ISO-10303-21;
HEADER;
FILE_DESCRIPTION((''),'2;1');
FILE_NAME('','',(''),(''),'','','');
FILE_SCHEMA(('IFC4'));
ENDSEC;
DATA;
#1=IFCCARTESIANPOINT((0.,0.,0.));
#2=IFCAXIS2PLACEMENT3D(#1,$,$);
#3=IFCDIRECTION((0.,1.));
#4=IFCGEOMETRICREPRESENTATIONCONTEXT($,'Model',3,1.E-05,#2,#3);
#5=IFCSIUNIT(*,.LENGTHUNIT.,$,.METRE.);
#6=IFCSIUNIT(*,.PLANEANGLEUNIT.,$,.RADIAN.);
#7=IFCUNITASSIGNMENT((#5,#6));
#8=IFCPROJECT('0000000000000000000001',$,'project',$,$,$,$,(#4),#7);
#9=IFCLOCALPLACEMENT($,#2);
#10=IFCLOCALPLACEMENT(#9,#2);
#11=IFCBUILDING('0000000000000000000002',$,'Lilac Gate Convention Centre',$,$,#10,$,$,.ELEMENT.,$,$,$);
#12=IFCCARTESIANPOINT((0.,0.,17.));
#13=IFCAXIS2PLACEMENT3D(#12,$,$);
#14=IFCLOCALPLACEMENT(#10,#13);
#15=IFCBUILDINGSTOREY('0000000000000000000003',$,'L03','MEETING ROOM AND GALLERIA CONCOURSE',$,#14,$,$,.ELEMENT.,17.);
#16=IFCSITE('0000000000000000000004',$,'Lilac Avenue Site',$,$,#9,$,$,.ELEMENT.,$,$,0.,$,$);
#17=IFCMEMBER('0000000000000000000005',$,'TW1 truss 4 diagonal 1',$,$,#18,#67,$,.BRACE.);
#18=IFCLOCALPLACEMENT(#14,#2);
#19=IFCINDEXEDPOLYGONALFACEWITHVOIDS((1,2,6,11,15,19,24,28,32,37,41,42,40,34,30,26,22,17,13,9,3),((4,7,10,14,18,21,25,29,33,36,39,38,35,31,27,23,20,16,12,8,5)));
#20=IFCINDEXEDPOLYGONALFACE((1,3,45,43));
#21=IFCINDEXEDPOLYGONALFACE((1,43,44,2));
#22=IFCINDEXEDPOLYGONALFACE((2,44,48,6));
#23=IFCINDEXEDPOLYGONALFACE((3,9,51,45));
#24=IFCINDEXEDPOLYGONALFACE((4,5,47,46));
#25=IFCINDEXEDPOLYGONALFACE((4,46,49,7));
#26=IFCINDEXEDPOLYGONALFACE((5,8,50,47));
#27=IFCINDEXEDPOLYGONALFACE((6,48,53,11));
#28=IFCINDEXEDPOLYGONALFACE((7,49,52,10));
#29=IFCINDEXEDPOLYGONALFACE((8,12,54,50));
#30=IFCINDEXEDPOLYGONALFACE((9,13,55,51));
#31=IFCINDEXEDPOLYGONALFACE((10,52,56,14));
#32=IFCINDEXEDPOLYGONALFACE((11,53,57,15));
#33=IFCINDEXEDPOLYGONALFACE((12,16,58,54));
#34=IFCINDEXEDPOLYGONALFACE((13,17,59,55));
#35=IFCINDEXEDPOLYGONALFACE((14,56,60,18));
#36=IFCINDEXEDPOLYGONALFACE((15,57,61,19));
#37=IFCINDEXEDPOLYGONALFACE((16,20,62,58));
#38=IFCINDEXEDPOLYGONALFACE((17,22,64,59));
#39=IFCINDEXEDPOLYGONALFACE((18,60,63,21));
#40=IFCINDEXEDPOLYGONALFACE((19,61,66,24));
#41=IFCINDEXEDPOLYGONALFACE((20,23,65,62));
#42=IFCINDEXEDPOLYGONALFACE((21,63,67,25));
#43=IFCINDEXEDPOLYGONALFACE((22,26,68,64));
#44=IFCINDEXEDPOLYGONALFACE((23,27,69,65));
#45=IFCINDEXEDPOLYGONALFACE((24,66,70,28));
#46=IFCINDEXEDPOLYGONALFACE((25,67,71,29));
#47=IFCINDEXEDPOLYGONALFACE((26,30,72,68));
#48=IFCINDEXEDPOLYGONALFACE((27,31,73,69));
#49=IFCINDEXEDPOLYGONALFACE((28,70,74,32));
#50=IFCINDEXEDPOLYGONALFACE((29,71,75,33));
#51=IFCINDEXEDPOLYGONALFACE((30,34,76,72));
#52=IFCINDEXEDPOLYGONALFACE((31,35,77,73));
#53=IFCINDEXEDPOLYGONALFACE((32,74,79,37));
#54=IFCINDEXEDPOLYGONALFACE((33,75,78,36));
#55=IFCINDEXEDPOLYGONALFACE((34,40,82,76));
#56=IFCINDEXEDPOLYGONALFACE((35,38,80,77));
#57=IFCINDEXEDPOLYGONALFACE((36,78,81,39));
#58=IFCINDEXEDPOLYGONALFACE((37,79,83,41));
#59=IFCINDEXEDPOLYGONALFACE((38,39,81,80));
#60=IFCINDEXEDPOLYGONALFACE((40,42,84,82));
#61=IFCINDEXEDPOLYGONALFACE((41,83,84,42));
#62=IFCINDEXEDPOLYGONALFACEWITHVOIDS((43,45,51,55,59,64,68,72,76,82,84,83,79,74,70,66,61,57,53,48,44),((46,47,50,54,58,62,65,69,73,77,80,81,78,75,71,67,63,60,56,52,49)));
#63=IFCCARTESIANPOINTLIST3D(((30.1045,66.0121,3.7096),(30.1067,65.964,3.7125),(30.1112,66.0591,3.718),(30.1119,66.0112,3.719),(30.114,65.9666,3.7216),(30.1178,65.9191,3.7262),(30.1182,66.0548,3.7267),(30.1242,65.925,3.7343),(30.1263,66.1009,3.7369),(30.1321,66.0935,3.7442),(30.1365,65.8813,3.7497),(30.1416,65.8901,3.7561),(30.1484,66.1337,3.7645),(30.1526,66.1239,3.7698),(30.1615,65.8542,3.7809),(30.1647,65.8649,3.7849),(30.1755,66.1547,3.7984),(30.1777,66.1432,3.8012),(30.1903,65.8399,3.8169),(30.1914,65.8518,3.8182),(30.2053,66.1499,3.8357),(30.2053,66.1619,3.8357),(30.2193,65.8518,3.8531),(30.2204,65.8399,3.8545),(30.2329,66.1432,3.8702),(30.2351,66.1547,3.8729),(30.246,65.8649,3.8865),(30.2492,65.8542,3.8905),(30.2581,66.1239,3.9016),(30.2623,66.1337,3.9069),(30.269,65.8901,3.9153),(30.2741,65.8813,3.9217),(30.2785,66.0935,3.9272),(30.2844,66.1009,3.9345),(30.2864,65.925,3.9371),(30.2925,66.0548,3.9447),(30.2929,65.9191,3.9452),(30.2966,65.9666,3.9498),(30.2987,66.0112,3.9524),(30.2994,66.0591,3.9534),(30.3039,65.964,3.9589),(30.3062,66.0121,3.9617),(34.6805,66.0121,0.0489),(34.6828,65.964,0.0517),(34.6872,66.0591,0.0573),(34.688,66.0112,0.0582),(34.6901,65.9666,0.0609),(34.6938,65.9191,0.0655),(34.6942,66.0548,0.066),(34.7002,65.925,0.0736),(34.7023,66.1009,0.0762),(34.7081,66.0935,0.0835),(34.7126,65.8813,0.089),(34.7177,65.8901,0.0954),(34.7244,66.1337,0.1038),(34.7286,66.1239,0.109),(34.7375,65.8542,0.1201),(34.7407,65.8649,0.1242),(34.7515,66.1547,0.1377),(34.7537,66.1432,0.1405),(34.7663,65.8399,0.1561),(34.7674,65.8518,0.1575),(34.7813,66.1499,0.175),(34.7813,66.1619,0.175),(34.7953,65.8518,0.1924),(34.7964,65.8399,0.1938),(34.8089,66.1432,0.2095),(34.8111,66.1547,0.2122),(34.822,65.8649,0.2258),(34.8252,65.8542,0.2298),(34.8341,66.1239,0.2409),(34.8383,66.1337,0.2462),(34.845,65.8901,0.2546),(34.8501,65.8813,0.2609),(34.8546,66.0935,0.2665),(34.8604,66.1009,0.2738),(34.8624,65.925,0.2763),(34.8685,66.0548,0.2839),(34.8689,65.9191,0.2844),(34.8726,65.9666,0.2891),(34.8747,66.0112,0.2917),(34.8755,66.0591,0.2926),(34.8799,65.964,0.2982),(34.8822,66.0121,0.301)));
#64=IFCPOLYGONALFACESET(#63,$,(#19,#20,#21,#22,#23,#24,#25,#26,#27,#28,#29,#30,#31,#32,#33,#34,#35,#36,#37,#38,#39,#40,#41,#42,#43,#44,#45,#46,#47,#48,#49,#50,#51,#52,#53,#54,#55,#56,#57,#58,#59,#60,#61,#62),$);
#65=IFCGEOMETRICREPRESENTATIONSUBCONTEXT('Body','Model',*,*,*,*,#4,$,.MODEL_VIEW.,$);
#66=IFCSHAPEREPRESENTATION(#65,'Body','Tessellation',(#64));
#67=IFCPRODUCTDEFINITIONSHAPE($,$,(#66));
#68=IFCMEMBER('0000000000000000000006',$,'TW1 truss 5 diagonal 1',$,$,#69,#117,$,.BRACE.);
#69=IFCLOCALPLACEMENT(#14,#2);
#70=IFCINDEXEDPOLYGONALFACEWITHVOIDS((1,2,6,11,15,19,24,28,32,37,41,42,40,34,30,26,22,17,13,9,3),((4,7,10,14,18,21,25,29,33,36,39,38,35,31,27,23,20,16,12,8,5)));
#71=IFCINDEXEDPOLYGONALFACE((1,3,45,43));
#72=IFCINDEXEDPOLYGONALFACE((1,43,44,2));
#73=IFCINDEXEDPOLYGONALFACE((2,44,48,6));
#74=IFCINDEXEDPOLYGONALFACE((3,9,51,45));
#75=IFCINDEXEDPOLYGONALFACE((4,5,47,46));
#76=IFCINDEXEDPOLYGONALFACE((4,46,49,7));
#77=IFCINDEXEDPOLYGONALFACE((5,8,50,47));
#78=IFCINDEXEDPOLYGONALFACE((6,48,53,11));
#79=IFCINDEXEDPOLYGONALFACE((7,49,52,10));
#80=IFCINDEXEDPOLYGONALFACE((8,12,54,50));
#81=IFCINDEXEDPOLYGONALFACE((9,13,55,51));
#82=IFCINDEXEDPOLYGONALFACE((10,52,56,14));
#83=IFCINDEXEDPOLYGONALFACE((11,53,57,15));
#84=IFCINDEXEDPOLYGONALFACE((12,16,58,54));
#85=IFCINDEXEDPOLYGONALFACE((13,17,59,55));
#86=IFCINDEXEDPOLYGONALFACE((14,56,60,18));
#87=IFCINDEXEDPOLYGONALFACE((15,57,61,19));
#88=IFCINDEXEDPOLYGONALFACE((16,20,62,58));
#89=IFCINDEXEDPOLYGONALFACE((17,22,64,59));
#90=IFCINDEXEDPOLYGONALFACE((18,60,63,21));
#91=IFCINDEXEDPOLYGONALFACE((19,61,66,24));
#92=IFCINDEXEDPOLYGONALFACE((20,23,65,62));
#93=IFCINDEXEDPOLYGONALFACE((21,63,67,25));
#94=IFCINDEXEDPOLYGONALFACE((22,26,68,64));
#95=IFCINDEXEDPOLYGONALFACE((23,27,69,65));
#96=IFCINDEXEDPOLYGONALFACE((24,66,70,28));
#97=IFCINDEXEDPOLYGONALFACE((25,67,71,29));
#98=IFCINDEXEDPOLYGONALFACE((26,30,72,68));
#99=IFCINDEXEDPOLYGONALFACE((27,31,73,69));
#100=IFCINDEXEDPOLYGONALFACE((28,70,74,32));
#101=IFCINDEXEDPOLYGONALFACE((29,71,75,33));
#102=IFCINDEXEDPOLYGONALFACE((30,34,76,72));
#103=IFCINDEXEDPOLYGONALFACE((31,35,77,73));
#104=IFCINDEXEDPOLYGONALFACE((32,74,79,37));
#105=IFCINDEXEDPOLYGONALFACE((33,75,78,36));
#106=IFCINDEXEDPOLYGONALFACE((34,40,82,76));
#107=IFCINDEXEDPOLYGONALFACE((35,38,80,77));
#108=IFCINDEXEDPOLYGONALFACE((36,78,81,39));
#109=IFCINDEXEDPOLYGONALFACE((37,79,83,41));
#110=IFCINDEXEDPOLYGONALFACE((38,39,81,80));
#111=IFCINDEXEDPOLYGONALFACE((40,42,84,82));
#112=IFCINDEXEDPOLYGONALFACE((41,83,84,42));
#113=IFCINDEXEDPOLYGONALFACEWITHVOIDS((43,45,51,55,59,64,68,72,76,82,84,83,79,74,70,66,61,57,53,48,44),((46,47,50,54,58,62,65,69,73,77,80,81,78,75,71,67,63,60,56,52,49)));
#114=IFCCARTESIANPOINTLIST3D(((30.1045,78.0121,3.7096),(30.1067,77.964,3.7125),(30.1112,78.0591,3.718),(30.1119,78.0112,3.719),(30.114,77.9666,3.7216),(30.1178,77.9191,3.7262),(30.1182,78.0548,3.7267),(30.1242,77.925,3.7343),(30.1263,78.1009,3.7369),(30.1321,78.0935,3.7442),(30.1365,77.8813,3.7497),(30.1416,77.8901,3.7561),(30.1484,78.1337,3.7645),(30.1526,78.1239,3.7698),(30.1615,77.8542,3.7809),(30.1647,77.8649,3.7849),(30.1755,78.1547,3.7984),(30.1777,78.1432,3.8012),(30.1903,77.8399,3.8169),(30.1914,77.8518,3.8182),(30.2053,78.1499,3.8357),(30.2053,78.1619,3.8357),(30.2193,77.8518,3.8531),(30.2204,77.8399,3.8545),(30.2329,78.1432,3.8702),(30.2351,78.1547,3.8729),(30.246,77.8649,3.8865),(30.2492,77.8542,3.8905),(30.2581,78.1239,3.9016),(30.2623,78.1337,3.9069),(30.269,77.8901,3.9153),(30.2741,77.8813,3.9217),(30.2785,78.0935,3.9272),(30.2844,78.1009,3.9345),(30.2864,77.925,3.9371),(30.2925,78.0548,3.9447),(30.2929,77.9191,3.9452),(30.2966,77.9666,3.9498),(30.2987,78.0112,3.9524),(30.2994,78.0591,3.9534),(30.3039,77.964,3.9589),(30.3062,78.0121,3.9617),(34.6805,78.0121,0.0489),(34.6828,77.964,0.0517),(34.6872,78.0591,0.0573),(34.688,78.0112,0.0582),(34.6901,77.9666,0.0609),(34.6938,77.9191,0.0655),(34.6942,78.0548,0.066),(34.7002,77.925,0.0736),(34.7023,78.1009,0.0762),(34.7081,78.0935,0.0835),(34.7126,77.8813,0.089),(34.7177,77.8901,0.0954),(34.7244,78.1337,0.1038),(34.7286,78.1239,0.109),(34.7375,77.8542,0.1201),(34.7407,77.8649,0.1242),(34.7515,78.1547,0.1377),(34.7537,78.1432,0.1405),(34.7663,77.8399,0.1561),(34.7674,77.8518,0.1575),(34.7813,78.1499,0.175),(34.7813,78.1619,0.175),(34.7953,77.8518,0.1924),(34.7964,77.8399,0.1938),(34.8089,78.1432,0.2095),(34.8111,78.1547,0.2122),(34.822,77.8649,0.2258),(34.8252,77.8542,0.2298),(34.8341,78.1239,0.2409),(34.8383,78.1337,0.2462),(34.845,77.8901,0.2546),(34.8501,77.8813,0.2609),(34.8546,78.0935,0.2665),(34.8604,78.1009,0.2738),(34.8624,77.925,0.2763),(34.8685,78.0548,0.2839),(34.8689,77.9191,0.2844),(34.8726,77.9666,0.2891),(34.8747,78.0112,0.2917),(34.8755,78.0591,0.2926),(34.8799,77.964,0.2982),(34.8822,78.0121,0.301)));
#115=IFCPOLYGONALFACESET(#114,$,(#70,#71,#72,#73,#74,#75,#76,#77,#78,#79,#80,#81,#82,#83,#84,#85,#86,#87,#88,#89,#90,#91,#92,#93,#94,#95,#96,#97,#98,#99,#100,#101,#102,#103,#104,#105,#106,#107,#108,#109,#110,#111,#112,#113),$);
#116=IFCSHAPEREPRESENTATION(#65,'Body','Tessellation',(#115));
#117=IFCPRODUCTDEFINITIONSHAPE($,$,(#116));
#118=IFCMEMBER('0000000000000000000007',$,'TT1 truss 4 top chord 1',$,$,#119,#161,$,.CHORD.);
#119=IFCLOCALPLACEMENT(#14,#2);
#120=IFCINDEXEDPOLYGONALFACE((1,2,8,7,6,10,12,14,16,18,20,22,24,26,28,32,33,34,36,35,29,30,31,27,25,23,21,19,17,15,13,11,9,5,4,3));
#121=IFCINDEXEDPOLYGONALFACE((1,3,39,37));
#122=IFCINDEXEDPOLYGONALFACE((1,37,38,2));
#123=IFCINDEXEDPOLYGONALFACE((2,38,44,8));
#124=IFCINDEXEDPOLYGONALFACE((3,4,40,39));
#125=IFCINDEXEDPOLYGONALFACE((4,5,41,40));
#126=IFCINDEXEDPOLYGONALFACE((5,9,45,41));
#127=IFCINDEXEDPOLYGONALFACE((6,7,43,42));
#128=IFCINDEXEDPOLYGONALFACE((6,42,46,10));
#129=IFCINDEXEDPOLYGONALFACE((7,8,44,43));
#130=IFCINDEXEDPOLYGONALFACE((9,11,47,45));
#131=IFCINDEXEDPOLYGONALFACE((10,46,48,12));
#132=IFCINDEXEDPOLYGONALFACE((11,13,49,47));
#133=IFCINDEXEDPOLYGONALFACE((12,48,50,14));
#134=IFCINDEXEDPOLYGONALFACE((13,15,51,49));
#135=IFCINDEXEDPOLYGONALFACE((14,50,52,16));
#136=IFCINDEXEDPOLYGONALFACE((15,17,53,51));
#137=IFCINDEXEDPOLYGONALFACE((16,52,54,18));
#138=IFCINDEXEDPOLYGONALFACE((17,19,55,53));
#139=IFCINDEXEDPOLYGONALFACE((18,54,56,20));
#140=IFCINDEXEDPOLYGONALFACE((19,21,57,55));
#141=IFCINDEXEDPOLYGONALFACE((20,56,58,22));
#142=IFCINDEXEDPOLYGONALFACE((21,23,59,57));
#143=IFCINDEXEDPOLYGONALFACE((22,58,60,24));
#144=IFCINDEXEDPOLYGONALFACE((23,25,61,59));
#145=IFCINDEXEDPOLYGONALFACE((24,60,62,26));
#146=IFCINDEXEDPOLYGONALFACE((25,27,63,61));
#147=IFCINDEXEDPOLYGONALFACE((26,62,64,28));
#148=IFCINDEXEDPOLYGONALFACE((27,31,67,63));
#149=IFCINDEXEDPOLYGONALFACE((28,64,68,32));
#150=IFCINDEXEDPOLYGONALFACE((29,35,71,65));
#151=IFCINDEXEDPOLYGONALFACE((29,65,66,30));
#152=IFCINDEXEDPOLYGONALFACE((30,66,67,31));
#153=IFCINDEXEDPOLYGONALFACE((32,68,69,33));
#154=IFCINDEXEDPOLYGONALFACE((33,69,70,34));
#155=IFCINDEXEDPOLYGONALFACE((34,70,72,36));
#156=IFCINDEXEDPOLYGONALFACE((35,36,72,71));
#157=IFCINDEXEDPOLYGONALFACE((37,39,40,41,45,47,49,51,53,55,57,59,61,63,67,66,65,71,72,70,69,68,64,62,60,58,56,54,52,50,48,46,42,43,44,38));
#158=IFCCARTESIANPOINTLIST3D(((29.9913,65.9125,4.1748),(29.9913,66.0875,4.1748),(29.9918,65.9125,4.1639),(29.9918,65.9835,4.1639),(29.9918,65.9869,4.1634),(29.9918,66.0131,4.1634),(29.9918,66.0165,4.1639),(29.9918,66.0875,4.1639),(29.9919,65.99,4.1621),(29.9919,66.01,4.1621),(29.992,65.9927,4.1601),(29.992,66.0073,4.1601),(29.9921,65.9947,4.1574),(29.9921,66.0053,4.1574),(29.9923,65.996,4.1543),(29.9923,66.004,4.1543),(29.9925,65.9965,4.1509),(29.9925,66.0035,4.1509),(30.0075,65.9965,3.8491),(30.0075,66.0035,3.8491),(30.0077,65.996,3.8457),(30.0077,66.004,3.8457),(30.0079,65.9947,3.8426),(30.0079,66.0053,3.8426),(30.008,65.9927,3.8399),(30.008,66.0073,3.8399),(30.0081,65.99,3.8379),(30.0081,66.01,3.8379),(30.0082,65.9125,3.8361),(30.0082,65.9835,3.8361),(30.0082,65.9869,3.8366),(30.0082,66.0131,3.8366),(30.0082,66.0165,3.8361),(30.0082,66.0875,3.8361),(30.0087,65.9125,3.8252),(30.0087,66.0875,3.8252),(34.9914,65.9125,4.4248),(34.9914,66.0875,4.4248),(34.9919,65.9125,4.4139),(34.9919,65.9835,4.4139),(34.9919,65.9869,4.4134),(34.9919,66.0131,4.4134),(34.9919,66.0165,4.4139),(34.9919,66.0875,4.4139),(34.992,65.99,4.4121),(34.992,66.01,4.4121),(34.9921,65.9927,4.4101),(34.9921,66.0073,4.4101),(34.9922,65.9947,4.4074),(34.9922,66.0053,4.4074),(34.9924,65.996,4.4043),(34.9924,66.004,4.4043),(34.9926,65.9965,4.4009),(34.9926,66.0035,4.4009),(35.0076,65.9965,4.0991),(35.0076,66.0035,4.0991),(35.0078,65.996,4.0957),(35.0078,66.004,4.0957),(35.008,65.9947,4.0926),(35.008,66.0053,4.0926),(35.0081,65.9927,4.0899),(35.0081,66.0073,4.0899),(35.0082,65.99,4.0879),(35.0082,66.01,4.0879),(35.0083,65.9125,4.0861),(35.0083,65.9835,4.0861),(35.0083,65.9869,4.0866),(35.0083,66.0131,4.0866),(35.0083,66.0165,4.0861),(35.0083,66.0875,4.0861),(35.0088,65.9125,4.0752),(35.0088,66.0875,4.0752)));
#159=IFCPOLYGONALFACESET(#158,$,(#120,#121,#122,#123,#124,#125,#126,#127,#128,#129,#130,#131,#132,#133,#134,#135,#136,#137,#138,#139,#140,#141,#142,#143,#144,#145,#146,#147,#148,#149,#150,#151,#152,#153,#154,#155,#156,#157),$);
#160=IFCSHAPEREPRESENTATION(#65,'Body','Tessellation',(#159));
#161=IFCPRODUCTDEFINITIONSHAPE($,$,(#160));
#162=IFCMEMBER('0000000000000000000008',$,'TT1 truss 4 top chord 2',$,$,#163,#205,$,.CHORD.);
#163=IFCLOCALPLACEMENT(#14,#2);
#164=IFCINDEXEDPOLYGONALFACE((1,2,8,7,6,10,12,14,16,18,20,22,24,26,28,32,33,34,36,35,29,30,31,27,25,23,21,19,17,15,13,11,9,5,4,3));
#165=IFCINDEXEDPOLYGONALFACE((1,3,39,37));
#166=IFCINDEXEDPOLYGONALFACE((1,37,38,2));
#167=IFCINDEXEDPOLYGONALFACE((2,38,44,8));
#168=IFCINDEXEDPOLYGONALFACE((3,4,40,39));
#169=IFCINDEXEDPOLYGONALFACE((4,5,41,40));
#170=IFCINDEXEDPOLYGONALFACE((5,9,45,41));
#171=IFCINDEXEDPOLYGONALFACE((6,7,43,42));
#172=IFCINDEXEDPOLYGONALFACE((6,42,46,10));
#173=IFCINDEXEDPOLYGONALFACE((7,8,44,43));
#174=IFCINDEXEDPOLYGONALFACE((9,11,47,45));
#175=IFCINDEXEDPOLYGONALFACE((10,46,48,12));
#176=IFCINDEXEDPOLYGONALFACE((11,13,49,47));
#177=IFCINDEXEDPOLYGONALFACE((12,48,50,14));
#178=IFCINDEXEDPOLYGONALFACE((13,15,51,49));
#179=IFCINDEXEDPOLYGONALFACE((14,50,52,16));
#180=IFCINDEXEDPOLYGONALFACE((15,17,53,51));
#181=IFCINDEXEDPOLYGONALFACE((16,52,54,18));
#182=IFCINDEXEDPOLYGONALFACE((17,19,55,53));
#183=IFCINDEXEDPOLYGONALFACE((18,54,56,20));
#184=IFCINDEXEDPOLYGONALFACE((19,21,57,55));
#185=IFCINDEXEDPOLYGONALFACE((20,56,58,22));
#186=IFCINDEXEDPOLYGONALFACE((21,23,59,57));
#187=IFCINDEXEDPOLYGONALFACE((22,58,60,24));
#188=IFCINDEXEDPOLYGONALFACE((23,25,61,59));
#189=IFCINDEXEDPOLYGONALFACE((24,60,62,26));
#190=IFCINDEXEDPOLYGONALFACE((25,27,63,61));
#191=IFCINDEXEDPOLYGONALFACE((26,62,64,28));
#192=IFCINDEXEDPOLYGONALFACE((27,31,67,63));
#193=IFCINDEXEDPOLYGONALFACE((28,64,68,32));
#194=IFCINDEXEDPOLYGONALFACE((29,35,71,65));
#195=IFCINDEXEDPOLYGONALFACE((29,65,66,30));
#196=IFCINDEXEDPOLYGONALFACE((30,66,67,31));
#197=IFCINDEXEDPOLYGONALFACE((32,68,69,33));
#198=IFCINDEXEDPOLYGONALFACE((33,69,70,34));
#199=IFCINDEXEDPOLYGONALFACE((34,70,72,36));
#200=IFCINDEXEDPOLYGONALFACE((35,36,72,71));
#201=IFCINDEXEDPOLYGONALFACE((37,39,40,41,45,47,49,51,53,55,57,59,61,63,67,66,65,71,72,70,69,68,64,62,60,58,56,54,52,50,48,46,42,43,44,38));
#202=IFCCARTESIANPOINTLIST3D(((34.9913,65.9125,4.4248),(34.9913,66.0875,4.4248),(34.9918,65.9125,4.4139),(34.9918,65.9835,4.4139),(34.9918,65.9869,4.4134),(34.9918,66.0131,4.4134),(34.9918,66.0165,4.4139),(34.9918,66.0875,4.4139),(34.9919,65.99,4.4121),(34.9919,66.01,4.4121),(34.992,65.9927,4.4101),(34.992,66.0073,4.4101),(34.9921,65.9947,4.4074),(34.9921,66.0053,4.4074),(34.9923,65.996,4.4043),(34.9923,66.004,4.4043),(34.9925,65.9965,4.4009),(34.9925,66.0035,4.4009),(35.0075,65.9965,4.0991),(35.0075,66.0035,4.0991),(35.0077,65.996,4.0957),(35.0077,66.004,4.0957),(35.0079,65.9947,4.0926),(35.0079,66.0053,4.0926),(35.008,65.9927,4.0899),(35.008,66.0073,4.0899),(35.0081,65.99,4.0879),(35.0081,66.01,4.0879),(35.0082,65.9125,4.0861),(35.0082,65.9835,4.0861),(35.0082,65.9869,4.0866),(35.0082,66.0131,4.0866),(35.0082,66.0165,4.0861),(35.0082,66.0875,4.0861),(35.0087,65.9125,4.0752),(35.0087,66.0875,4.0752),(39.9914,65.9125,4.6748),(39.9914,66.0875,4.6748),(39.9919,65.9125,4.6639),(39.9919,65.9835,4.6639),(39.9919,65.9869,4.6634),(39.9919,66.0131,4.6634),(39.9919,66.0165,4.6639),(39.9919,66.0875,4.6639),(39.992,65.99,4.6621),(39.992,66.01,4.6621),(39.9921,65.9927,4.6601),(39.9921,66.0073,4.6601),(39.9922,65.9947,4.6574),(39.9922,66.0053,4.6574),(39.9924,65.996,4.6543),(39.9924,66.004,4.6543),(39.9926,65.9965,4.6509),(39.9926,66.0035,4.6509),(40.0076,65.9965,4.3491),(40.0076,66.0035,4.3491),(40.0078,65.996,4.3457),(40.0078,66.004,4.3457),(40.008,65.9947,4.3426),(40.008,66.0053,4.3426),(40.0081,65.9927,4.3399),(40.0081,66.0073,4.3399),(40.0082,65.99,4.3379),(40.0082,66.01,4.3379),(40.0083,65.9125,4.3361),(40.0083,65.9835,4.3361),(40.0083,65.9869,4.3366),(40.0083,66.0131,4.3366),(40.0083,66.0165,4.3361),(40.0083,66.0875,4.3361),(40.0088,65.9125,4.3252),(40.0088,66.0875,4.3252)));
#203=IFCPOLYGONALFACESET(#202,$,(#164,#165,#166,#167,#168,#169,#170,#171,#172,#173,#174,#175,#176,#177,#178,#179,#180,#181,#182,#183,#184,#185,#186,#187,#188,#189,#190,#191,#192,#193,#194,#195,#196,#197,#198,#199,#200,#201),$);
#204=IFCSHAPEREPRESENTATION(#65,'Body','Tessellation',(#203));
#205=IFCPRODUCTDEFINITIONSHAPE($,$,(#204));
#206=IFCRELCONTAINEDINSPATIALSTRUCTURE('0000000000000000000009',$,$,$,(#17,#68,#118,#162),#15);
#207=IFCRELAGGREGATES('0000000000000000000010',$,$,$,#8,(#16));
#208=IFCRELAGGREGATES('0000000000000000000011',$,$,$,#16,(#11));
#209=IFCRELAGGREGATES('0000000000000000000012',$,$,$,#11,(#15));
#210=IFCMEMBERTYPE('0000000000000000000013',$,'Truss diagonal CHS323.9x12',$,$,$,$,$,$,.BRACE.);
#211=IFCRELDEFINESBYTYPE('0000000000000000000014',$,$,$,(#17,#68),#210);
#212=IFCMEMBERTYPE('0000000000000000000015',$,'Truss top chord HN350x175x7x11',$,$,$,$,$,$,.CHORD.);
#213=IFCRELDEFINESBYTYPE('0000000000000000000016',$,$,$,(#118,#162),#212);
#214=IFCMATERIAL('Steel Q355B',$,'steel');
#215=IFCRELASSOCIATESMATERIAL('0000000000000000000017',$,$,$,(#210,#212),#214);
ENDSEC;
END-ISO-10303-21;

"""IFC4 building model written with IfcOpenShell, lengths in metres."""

from ifc_helpers import new_model, si_unit, direction, frame, origin, origin_2d, place, context, subcontext, project, spatial, hollow_circle, i_section, extrude, material, material_profile, profile_set, type_object, element, save


model = new_model("IFC4")

# Units and contexts
model_context = context("Model", 3, precision=1e-05, world=origin(), true_north=direction((0.0, 1.0)))
body_context = subcontext(model_context, "Body", "Model", "MODEL_VIEW")
ifc_project = project(units=[si_unit("LENGTHUNIT", "METRE"), si_unit("PLANEANGLEUNIT", "RADIAN")], contexts=[model_context])

# Site, building, storey
site_placement = place(None, origin())
site = spatial("IfcSite", under=ifc_project, at=site_placement, Name="Lilac Avenue Site", CompositionType="ELEMENT", RefElevation=0.0)
building_placement = place(site_placement, origin())
building = spatial("IfcBuilding", under=site, at=building_placement, Name="Lilac Gate Convention Centre", CompositionType="ELEMENT")
storey_placement = place(building_placement, frame((0.0, 0.0, 17.0)))
storey = spatial("IfcBuildingStorey", under=building, at=storey_placement, Name="L03", Description="MEETING ROOM AND GALLERIA CONCOURSE", CompositionType="ELEMENT", Elevation=17.0)

# Shared definitions
ifc_material_1 = material(Name="Steel Q355B", Category="steel")

# Members
ifc_material_profile_1 = material_profile(ifc_material_1, hollow_circle(Radius=0.1619, WallThickness=0.012, at=origin_2d()), Name="CHS323.9x12")
ifc_profile_set_1 = profile_set([ifc_material_profile_1], Name="Steel Q355B")
member_type_1 = type_object("IfcMemberType", Name="Truss diagonal CHS323.9x12", PredefinedType="BRACE", material=ifc_profile_set_1)
for number, where, z_axis, x_axis, name in (
    (1, (30.2053, 66.0, 3.8357), (0.780877, 0.0, -0.624685), (0.0, 1.0, 0.0), "TW1 truss 4 diagonal 1"),
    (2, (30.2053, 78.0, 3.8357), (0.780877, 0.0, -0.624685), (0.0, 1.0, 0.0), "TW1 truss 5 diagonal 1"),
):
    element("IfcMember", number, at=place(storey_placement, frame(where, z_axis=z_axis, x_axis=x_axis)), inside=storey, type_object=member_type_1, Name=name, PredefinedType="BRACE", context=body_context, shape_type="SweptSolid", body=[
        extrude(hollow_circle(Radius=0.1619, WallThickness=0.012, at=origin_2d()), origin(), (0.0, 0.0, 1.0), 5.8601),
    ])
ifc_material_profile_2 = material_profile(ifc_material_1, i_section(OverallWidth=0.175, OverallDepth=0.3501, WebThickness=0.0071, FlangeThickness=0.011, FilletRadius=0.0129, at=origin_2d()), Name="HN350x175x7x11")
ifc_profile_set_2 = profile_set([ifc_material_profile_2], Name="Steel Q355B")
member_type_2 = type_object("IfcMemberType", Name="Truss top chord HN350x175x7x11", PredefinedType="CHORD", material=ifc_profile_set_2)
for number, where, z_axis, x_axis, name in (
    (3, (30.0, 66.0, 4.0), (0.998752, 0.0, 0.049938), (0.0, 1.0, 0.0), "TT1 truss 4 top chord 1"),
    (4, (35.0, 66.0, 4.25), (0.998752, 0.0, 0.049938), (0.0, 1.0, 0.0), "TT1 truss 4 top chord 2"),
):
    element("IfcMember", number, at=place(storey_placement, frame(where, z_axis=z_axis, x_axis=x_axis)), inside=storey, type_object=member_type_2, Name=name, PredefinedType="CHORD", context=body_context, shape_type="SweptSolid", body=[
        extrude(i_section(OverallWidth=0.175, OverallDepth=0.3501, WebThickness=0.0071, FlangeThickness=0.011, FilletRadius=0.0129, at=origin_2d()), origin(), (0.0, 0.0, 1.0), 5.0063),
    ])

save(model, "model.ifc")
